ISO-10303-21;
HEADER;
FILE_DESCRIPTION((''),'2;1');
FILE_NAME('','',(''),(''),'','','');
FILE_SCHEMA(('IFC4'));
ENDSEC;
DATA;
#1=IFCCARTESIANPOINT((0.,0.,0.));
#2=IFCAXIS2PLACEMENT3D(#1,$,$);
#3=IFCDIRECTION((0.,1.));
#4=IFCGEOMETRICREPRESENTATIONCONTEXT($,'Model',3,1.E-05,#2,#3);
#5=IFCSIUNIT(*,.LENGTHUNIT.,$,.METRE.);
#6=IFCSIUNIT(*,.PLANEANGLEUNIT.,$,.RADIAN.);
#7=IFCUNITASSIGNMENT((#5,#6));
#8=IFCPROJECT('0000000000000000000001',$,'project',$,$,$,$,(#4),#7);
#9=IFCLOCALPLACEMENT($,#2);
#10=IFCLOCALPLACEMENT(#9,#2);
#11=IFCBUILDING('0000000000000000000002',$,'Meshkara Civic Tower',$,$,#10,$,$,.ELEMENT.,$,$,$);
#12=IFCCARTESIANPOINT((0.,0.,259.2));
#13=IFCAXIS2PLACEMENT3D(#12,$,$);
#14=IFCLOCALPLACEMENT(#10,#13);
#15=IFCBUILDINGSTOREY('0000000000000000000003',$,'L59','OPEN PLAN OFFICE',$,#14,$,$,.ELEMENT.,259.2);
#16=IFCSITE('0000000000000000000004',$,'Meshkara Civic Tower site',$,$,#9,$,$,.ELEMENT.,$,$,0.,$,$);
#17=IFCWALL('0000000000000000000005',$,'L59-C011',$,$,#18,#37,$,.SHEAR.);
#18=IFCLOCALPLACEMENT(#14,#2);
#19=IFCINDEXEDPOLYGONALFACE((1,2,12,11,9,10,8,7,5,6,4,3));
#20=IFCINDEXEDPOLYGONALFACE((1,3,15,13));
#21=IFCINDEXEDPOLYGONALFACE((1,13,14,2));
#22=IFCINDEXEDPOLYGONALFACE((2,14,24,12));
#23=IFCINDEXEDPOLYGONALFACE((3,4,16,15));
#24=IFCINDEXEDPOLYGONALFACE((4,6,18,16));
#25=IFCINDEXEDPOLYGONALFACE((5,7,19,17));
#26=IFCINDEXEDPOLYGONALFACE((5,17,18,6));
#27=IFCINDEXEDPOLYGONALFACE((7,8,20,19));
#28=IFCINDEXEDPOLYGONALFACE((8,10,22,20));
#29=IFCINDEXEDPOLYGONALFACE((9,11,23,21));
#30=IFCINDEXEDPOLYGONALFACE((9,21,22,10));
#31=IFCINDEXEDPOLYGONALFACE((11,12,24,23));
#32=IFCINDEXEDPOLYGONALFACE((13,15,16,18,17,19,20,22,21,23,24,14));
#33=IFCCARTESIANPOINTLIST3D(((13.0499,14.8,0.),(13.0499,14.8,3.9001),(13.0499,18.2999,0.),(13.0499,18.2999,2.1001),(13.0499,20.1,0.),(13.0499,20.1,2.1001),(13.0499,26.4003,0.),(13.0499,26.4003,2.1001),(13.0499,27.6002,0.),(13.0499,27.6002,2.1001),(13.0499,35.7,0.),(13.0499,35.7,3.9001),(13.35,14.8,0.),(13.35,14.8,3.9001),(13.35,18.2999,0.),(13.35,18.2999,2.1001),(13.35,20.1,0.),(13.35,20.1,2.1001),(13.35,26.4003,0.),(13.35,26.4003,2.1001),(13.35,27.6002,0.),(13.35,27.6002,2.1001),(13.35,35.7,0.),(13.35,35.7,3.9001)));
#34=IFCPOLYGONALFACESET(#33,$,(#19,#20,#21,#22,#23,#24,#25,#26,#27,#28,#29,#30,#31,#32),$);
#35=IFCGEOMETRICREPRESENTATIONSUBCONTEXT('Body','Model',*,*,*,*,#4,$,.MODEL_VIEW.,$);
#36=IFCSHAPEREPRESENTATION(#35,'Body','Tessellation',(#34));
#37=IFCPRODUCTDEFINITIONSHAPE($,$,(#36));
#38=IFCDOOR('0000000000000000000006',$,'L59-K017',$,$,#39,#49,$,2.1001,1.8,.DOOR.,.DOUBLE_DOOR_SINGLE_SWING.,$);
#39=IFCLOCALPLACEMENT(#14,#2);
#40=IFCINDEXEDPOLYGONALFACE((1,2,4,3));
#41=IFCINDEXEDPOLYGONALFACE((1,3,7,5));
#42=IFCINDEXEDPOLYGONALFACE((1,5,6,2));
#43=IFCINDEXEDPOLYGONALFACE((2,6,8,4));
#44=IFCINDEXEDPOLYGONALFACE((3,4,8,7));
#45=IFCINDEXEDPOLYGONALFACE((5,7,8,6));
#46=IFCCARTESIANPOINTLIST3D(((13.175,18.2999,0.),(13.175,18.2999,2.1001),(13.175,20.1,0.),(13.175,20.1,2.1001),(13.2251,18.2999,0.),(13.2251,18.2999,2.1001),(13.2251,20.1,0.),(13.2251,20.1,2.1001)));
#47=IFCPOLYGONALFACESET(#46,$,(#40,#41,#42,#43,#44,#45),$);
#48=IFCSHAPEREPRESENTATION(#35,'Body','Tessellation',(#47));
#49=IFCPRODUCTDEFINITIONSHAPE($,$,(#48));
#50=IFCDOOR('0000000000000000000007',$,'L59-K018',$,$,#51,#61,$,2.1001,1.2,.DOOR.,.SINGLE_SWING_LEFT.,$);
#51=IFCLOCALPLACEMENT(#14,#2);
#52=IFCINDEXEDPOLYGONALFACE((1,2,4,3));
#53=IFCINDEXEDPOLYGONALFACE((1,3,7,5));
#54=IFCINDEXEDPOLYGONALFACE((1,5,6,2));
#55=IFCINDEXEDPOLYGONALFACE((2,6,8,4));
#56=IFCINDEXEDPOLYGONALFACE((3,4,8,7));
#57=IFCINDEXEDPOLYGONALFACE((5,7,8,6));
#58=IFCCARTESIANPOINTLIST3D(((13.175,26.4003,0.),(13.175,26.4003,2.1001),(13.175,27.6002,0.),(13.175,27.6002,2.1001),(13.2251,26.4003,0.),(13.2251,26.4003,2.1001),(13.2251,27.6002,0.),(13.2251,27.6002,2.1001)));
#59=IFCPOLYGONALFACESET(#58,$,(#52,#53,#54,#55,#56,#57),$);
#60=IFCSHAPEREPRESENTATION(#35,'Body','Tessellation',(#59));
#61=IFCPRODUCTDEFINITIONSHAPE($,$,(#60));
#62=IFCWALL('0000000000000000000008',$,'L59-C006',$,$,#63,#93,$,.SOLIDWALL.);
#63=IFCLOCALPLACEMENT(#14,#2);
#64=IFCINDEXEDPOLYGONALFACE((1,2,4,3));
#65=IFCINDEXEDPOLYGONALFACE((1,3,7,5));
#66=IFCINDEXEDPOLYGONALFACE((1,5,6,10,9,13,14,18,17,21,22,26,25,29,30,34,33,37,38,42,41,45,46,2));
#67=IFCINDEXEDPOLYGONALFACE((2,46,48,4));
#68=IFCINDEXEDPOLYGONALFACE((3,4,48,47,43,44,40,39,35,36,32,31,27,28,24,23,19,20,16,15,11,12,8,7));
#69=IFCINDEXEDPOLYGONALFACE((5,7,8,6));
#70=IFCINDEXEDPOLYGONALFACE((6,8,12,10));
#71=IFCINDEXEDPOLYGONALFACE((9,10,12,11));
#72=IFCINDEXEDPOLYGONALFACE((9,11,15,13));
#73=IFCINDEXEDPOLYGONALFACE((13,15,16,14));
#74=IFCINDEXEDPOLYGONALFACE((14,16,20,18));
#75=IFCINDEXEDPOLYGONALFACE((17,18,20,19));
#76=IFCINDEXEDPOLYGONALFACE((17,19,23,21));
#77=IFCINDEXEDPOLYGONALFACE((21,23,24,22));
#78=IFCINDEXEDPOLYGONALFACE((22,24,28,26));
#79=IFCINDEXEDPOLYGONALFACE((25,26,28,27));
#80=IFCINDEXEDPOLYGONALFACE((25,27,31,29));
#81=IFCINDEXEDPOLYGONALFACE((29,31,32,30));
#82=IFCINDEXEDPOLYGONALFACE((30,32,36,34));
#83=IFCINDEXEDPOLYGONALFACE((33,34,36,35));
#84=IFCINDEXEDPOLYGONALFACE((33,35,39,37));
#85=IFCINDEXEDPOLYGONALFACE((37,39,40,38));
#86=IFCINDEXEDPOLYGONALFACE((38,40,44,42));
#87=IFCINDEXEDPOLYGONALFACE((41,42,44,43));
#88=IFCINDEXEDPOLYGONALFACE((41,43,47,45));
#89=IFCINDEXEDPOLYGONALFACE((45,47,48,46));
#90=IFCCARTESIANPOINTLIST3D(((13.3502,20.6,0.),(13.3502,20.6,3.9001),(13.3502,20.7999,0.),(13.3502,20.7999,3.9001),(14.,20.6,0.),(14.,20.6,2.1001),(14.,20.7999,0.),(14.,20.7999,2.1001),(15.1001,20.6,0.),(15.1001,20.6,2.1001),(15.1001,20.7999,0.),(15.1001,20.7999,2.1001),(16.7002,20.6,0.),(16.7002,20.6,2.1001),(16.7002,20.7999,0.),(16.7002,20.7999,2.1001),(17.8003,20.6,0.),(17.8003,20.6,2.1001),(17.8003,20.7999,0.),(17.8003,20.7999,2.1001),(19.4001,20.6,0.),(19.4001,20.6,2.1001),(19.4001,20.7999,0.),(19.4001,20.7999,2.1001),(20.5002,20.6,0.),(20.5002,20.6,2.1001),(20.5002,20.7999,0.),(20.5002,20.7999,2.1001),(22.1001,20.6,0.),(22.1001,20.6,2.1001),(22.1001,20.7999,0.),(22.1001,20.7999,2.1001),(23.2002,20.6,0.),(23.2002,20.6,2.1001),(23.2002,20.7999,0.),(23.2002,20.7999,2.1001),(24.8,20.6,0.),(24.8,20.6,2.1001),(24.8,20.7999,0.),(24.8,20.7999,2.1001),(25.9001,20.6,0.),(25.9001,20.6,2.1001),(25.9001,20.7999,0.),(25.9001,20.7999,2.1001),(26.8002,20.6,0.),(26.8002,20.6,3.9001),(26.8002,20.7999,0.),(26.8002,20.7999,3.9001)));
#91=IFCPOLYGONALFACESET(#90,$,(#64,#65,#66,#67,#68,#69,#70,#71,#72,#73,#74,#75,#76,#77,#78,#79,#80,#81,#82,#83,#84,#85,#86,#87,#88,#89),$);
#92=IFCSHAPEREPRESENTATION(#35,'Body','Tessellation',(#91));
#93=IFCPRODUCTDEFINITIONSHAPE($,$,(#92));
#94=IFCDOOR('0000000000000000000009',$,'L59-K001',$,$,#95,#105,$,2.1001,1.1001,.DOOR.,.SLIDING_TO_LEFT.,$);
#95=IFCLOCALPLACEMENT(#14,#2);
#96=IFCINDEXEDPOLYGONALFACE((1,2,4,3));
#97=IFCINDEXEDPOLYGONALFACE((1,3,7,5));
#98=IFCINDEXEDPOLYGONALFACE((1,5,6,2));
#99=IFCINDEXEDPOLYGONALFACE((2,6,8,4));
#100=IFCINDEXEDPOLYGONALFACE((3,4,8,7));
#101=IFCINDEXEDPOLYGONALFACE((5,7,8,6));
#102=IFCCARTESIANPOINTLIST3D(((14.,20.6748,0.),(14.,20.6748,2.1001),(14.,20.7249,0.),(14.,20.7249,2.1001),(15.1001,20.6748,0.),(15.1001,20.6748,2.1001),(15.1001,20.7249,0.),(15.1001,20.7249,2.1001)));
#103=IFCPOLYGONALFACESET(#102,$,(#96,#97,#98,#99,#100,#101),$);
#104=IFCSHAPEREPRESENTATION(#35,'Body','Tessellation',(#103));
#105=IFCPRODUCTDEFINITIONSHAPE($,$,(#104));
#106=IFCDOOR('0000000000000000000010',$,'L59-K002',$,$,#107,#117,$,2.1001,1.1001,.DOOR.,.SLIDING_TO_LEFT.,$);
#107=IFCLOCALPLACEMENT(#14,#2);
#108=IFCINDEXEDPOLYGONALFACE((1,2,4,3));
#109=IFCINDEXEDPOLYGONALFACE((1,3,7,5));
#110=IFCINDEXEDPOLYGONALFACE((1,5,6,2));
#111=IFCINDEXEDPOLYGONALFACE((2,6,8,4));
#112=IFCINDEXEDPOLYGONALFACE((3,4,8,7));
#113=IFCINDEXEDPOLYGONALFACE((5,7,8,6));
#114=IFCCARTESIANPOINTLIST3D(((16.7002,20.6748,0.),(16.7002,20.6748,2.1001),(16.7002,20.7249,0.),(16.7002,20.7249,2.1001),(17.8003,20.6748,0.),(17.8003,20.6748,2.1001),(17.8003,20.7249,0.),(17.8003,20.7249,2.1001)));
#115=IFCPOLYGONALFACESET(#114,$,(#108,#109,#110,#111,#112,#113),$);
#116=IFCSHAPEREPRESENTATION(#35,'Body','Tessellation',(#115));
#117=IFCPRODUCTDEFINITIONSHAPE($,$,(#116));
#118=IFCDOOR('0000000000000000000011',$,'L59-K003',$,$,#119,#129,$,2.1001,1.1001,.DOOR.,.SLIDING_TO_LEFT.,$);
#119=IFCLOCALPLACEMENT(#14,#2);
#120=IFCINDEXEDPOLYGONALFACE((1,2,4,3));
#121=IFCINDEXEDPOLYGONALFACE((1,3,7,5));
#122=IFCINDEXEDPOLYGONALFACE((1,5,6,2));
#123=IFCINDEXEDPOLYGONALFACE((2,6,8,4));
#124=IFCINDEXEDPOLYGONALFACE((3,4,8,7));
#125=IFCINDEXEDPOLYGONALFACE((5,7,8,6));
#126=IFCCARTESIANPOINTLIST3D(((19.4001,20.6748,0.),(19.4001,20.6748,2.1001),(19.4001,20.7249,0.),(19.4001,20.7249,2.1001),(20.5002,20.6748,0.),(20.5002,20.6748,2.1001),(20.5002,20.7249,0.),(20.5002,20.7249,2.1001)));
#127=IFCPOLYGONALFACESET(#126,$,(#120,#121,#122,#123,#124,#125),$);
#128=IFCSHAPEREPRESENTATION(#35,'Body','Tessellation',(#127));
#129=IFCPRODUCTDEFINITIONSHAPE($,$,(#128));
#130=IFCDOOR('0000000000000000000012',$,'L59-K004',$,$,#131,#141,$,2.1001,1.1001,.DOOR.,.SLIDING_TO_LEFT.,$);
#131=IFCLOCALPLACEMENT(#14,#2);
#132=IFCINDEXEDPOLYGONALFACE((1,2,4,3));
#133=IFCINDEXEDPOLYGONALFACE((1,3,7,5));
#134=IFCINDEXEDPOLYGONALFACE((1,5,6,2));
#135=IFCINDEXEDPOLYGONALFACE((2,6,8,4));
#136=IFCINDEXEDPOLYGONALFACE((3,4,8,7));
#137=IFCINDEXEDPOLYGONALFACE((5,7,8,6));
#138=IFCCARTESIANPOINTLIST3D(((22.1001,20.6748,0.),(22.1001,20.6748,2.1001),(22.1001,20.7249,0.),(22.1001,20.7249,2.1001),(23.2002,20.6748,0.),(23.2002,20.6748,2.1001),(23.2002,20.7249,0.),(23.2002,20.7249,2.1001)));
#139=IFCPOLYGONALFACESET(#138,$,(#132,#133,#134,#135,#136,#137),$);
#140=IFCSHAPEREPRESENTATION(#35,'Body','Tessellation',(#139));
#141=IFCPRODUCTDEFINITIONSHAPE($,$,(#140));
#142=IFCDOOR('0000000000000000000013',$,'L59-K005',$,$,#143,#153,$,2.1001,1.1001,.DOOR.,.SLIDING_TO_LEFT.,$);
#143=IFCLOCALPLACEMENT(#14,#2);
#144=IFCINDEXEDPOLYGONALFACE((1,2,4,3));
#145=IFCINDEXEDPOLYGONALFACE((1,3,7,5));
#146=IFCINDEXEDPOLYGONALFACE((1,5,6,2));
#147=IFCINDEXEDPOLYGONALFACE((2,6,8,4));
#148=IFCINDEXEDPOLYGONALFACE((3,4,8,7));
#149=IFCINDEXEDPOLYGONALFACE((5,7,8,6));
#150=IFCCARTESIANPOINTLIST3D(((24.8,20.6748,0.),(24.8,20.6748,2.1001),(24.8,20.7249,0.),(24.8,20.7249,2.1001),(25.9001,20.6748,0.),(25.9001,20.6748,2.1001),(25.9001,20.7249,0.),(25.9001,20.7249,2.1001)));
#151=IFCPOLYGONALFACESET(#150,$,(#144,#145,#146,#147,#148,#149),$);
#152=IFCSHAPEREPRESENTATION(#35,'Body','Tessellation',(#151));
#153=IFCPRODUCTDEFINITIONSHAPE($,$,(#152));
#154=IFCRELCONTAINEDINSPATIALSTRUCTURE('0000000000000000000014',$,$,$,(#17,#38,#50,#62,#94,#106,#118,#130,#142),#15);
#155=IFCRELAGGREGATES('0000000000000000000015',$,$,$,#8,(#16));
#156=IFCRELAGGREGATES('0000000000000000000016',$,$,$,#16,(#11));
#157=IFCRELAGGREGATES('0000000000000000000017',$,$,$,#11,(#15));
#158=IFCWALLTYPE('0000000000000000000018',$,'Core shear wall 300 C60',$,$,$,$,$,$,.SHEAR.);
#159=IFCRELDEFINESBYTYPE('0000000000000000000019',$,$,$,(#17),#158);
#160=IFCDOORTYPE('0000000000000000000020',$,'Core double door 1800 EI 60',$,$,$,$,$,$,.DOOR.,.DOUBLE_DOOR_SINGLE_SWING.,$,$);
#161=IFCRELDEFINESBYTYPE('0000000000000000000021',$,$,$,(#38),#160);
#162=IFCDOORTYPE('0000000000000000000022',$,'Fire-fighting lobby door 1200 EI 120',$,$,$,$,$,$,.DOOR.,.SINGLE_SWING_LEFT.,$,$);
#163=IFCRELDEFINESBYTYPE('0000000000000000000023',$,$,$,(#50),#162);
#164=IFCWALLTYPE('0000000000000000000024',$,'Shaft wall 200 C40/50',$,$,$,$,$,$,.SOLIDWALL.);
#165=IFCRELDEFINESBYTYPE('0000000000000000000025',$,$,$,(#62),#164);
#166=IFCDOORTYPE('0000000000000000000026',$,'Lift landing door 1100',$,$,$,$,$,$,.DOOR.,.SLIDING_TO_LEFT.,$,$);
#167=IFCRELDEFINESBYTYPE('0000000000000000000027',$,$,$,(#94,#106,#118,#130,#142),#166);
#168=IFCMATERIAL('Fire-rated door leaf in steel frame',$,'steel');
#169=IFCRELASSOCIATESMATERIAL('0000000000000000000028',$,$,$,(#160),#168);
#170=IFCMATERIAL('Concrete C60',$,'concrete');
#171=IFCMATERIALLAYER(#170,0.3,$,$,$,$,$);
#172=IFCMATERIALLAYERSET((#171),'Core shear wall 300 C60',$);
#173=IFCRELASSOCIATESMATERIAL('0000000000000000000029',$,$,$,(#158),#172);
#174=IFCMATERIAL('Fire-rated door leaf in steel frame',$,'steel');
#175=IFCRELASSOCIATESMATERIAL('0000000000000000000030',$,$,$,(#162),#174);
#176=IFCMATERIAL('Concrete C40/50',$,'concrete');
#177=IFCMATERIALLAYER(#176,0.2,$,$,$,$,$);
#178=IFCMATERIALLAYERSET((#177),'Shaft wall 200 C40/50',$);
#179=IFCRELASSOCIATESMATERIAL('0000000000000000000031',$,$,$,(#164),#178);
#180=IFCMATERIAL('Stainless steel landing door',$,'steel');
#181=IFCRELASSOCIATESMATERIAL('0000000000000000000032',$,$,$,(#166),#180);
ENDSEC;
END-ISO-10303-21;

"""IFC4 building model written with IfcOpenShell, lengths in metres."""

from ifc_helpers import new_model, si_unit, direction, frame, frame_2d, origin, place, context, subcontext, project, spatial, rectangle, extrude, material, layer, layer_set, type_object, element, fill, save


model = new_model("IFC4")

# Units and contexts
model_context = context("Model", 3, precision=1e-05, world=origin(), true_north=direction((0.0, 1.0)))
body_context = subcontext(model_context, "Body", "Model", "MODEL_VIEW")
ifc_project = project(units=[si_unit("LENGTHUNIT", "METRE"), si_unit("PLANEANGLEUNIT", "RADIAN")], contexts=[model_context])

# Site, building, storey
site_placement = place(None, origin())
site = spatial("IfcSite", under=ifc_project, at=site_placement, Name="Meshkara Civic Tower site", CompositionType="ELEMENT", RefElevation=0.0)
building_placement = place(site_placement, origin())
building = spatial("IfcBuilding", under=site, at=building_placement, Name="Meshkara Civic Tower", CompositionType="ELEMENT")
storey_placement = place(building_placement, frame((0.0, 0.0, 259.2)))
storey = spatial("IfcBuildingStorey", under=building, at=storey_placement, Name="L59", Description="OPEN PLAN OFFICE", CompositionType="ELEMENT", Elevation=259.2)

# Shared definitions
ifc_material_1 = material(Name="Fire-rated door leaf in steel frame", Category="steel")
door_type_1 = type_object("IfcDoorType", Name="Core double door 1800 EI 60", OperationType="DOUBLE_DOOR_SINGLE_SWING", PredefinedType="DOOR", material=ifc_material_1)

# Shared definitions
ifc_material_2 = material(Name="Concrete C60", Category="concrete")
ifc_layer_1 = layer(ifc_material_2, 0.3)
ifc_layer_set_1 = layer_set([ifc_layer_1], Name="Core shear wall 300 C60")
wall_type_1 = type_object("IfcWallType", Name="Core shear wall 300 C60", PredefinedType="SHEAR", material=ifc_layer_set_1)

# Wall, openings, doors
wall_1_placement = place(storey_placement, frame((13.2, 14.8, 0.0), z_axis=(0.0, 0.0, 1.0), x_axis=(0.0, 1.0, 0.0)))
wall_1 = element("IfcWall", 1, at=wall_1_placement, inside=storey, type_object=wall_type_1, Name="L59-C011", PredefinedType="SHEAR", context=body_context, shape_type="SweptSolid", body=[
    extrude(rectangle(XDim=20.8999, YDim=0.3, at=frame_2d((10.45, 0.0))), origin(), (0.0, 0.0, 1.0), 3.9001),
])
opening_1_placement = place(wall_1_placement, frame((3.5, 0.0, 0.0)))
opening_1 = element("IfcOpeningElement", 2, at=opening_1_placement, cuts=wall_1, PredefinedType="OPENING", context=body_context, shape_type="SweptSolid", body=[
    extrude(rectangle(XDim=1.8, YDim=2.1001, at=frame_2d((0.8999, 1.05))), frame((0.0, 0.1599, 0.0), z_axis=(0.0, -1.0, 0.0), x_axis=(1.0, 0.0, 0.0)), (0.0, 0.0, 1.0), 0.3201),
])
opening_2_placement = place(wall_1_placement, frame((11.6001, 0.0, 0.0)))
opening_2 = element("IfcOpeningElement", 3, at=opening_2_placement, cuts=wall_1, PredefinedType="OPENING", context=body_context, shape_type="SweptSolid", body=[
    extrude(rectangle(XDim=1.2, YDim=2.1001, at=frame_2d((0.6001, 1.05))), frame((0.0, 0.1599, 0.0), z_axis=(0.0, -1.0, 0.0), x_axis=(1.0, 0.0, 0.0)), (0.0, 0.0, 1.0), 0.3201),
])
door_1_placement = place(opening_1_placement, origin())
door_1 = element("IfcDoor", 4, at=door_1_placement, inside=storey, type_object=door_type_1, Name="L59-K017", OperationType="DOUBLE_DOOR_SINGLE_SWING", OverallHeight=2.1001, OverallWidth=1.8, PredefinedType="DOOR", context=body_context, shape_type="SweptSolid", body=[
    extrude(rectangle(XDim=1.8, YDim=2.1001, at=frame_2d((0.8999, 1.05))), frame((0.0, 0.0249, 0.0), z_axis=(0.0, -1.0, 0.0), x_axis=(1.0, 0.0, 0.0)), (0.0, 0.0, 1.0), 0.05),
])
fill(opening_1, door_1)
ifc_material_3 = material(Name="Fire-rated door leaf in steel frame", Category="steel")
door_type_2 = type_object("IfcDoorType", Name="Fire-fighting lobby door 1200 EI 120", OperationType="SINGLE_SWING_LEFT", PredefinedType="DOOR", material=ifc_material_3)
door_2_placement = place(opening_2_placement, origin())
door_2 = element("IfcDoor", 5, at=door_2_placement, inside=storey, type_object=door_type_2, Name="L59-K018", OperationType="SINGLE_SWING_LEFT", OverallHeight=2.1001, OverallWidth=1.2, PredefinedType="DOOR", context=body_context, shape_type="SweptSolid", body=[
    extrude(rectangle(XDim=1.2, YDim=2.1001, at=frame_2d((0.6001, 1.05))), frame((0.0, 0.0249, 0.0), z_axis=(0.0, -1.0, 0.0), x_axis=(1.0, 0.0, 0.0)), (0.0, 0.0, 1.0), 0.05),
])
fill(opening_2, door_2)

# Wall, openings, doors
ifc_material_4 = material(Name="Concrete C40/50", Category="concrete")
ifc_layer_2 = layer(ifc_material_4, 0.2)
ifc_layer_set_2 = layer_set([ifc_layer_2], Name="Shaft wall 200 C40/50")
wall_type_2 = type_object("IfcWallType", Name="Shaft wall 200 C40/50", PredefinedType="SOLIDWALL", material=ifc_layer_set_2)
wall_2_placement = place(storey_placement, frame((13.3501, 20.7, 0.0), z_axis=(0.0, 0.0, 1.0), x_axis=(1.0, 0.0, 0.0)))
wall_2 = element("IfcWall", 6, at=wall_2_placement, inside=storey, type_object=wall_type_2, Name="L59-C006", PredefinedType="SOLIDWALL", context=body_context, shape_type="SweptSolid", body=[
    extrude(rectangle(XDim=13.45, YDim=0.2, at=frame_2d((6.7251, 0.0))), origin(), (0.0, 0.0, 1.0), 3.9001),
])
opening_3_placement = place(wall_2_placement, frame((0.6499, 0.0, 0.0)))
opening_3 = element("IfcOpeningElement", 7, at=opening_3_placement, cuts=wall_2, PredefinedType="OPENING", context=body_context, shape_type="SweptSolid", body=[
    extrude(rectangle(XDim=1.1001, YDim=2.1001, at=frame_2d((0.55, 1.05))), frame((0.0, 0.1099, 0.0), z_axis=(0.0, -1.0, 0.0), x_axis=(1.0, 0.0, 0.0)), (0.0, 0.0, 1.0), 0.22),
])
opening_4_placement = place(wall_2_placement, frame((3.3501, 0.0, 0.0)))
opening_4 = element("IfcOpeningElement", 8, at=opening_4_placement, cuts=wall_2, PredefinedType="OPENING", context=body_context, shape_type="SweptSolid", body=[
    extrude(rectangle(XDim=1.1001, YDim=2.1001, at=frame_2d((0.55, 1.05))), frame((0.0, 0.1099, 0.0), z_axis=(0.0, -1.0, 0.0), x_axis=(1.0, 0.0, 0.0)), (0.0, 0.0, 1.0), 0.22),
])
opening_5_placement = place(wall_2_placement, frame((6.05, 0.0, 0.0)))
opening_5 = element("IfcOpeningElement", 9, at=opening_5_placement, cuts=wall_2, PredefinedType="OPENING", context=body_context, shape_type="SweptSolid", body=[
    extrude(rectangle(XDim=1.1001, YDim=2.1001, at=frame_2d((0.55, 1.05))), frame((0.0, 0.1099, 0.0), z_axis=(0.0, -1.0, 0.0), x_axis=(1.0, 0.0, 0.0)), (0.0, 0.0, 1.0), 0.22),
])
opening_6_placement = place(wall_2_placement, frame((8.75, 0.0, 0.0)))
opening_6 = element("IfcOpeningElement", 10, at=opening_6_placement, cuts=wall_2, PredefinedType="OPENING", context=body_context, shape_type="SweptSolid", body=[
    extrude(rectangle(XDim=1.1001, YDim=2.1001, at=frame_2d((0.55, 1.05))), frame((0.0, 0.1099, 0.0), z_axis=(0.0, -1.0, 0.0), x_axis=(1.0, 0.0, 0.0)), (0.0, 0.0, 1.0), 0.22),
])
opening_7_placement = place(wall_2_placement, frame((11.45, 0.0, 0.0)))
opening_7 = element("IfcOpeningElement", 11, at=opening_7_placement, cuts=wall_2, PredefinedType="OPENING", context=body_context, shape_type="SweptSolid", body=[
    extrude(rectangle(XDim=1.1001, YDim=2.1001, at=frame_2d((0.55, 1.05))), frame((0.0, 0.1099, 0.0), z_axis=(0.0, -1.0, 0.0), x_axis=(1.0, 0.0, 0.0)), (0.0, 0.0, 1.0), 0.22),
])
ifc_material_5 = material(Name="Stainless steel landing door", Category="steel")
door_type_3 = type_object("IfcDoorType", Name="Lift landing door 1100", OperationType="SLIDING_TO_LEFT", PredefinedType="DOOR", material=ifc_material_5)
door_3_placement = place(opening_3_placement, origin())
door_3 = element("IfcDoor", 12, at=door_3_placement, inside=storey, type_object=door_type_3, Name="L59-K001", OperationType="SLIDING_TO_LEFT", OverallHeight=2.1001, OverallWidth=1.1001, PredefinedType="DOOR", context=body_context, shape_type="SweptSolid", body=[
    extrude(rectangle(XDim=1.1001, YDim=2.1001, at=frame_2d((0.55, 1.05))), frame((0.0, 0.0249, 0.0), z_axis=(0.0, -1.0, 0.0), x_axis=(1.0, 0.0, 0.0)), (0.0, 0.0, 1.0), 0.05),
])
fill(opening_3, door_3)
door_4_placement = place(opening_4_placement, origin())
door_4 = element("IfcDoor", 13, at=door_4_placement, inside=storey, type_object=door_type_3, Name="L59-K002", OperationType="SLIDING_TO_LEFT", OverallHeight=2.1001, OverallWidth=1.1001, PredefinedType="DOOR", context=body_context, shape_type="SweptSolid", body=[
    extrude(rectangle(XDim=1.1001, YDim=2.1001, at=frame_2d((0.55, 1.05))), frame((0.0, 0.0249, 0.0), z_axis=(0.0, -1.0, 0.0), x_axis=(1.0, 0.0, 0.0)), (0.0, 0.0, 1.0), 0.05),
])
fill(opening_4, door_4)
door_5_placement = place(opening_5_placement, origin())
door_5 = element("IfcDoor", 14, at=door_5_placement, inside=storey, type_object=door_type_3, Name="L59-K003", OperationType="SLIDING_TO_LEFT", OverallHeight=2.1001, OverallWidth=1.1001, PredefinedType="DOOR", context=body_context, shape_type="SweptSolid", body=[
    extrude(rectangle(XDim=1.1001, YDim=2.1001, at=frame_2d((0.55, 1.05))), frame((0.0, 0.0249, 0.0), z_axis=(0.0, -1.0, 0.0), x_axis=(1.0, 0.0, 0.0)), (0.0, 0.0, 1.0), 0.05),
])
fill(opening_5, door_5)
door_6_placement = place(opening_6_placement, origin())
door_6 = element("IfcDoor", 15, at=door_6_placement, inside=storey, type_object=door_type_3, Name="L59-K004", OperationType="SLIDING_TO_LEFT", OverallHeight=2.1001, OverallWidth=1.1001, PredefinedType="DOOR", context=body_context, shape_type="SweptSolid", body=[
    extrude(rectangle(XDim=1.1001, YDim=2.1001, at=frame_2d((0.55, 1.05))), frame((0.0, 0.0249, 0.0), z_axis=(0.0, -1.0, 0.0), x_axis=(1.0, 0.0, 0.0)), (0.0, 0.0, 1.0), 0.05),
])
fill(opening_6, door_6)
door_7_placement = place(opening_7_placement, origin())
door_7 = element("IfcDoor", 16, at=door_7_placement, inside=storey, type_object=door_type_3, Name="L59-K005", OperationType="SLIDING_TO_LEFT", OverallHeight=2.1001, OverallWidth=1.1001, PredefinedType="DOOR", context=body_context, shape_type="SweptSolid", body=[
    extrude(rectangle(XDim=1.1001, YDim=2.1001, at=frame_2d((0.55, 1.05))), frame((0.0, 0.0249, 0.0), z_axis=(0.0, -1.0, 0.0), x_axis=(1.0, 0.0, 0.0)), (0.0, 0.0, 1.0), 0.05),
])
fill(opening_7, door_7)

save(model, "model.ifc")
